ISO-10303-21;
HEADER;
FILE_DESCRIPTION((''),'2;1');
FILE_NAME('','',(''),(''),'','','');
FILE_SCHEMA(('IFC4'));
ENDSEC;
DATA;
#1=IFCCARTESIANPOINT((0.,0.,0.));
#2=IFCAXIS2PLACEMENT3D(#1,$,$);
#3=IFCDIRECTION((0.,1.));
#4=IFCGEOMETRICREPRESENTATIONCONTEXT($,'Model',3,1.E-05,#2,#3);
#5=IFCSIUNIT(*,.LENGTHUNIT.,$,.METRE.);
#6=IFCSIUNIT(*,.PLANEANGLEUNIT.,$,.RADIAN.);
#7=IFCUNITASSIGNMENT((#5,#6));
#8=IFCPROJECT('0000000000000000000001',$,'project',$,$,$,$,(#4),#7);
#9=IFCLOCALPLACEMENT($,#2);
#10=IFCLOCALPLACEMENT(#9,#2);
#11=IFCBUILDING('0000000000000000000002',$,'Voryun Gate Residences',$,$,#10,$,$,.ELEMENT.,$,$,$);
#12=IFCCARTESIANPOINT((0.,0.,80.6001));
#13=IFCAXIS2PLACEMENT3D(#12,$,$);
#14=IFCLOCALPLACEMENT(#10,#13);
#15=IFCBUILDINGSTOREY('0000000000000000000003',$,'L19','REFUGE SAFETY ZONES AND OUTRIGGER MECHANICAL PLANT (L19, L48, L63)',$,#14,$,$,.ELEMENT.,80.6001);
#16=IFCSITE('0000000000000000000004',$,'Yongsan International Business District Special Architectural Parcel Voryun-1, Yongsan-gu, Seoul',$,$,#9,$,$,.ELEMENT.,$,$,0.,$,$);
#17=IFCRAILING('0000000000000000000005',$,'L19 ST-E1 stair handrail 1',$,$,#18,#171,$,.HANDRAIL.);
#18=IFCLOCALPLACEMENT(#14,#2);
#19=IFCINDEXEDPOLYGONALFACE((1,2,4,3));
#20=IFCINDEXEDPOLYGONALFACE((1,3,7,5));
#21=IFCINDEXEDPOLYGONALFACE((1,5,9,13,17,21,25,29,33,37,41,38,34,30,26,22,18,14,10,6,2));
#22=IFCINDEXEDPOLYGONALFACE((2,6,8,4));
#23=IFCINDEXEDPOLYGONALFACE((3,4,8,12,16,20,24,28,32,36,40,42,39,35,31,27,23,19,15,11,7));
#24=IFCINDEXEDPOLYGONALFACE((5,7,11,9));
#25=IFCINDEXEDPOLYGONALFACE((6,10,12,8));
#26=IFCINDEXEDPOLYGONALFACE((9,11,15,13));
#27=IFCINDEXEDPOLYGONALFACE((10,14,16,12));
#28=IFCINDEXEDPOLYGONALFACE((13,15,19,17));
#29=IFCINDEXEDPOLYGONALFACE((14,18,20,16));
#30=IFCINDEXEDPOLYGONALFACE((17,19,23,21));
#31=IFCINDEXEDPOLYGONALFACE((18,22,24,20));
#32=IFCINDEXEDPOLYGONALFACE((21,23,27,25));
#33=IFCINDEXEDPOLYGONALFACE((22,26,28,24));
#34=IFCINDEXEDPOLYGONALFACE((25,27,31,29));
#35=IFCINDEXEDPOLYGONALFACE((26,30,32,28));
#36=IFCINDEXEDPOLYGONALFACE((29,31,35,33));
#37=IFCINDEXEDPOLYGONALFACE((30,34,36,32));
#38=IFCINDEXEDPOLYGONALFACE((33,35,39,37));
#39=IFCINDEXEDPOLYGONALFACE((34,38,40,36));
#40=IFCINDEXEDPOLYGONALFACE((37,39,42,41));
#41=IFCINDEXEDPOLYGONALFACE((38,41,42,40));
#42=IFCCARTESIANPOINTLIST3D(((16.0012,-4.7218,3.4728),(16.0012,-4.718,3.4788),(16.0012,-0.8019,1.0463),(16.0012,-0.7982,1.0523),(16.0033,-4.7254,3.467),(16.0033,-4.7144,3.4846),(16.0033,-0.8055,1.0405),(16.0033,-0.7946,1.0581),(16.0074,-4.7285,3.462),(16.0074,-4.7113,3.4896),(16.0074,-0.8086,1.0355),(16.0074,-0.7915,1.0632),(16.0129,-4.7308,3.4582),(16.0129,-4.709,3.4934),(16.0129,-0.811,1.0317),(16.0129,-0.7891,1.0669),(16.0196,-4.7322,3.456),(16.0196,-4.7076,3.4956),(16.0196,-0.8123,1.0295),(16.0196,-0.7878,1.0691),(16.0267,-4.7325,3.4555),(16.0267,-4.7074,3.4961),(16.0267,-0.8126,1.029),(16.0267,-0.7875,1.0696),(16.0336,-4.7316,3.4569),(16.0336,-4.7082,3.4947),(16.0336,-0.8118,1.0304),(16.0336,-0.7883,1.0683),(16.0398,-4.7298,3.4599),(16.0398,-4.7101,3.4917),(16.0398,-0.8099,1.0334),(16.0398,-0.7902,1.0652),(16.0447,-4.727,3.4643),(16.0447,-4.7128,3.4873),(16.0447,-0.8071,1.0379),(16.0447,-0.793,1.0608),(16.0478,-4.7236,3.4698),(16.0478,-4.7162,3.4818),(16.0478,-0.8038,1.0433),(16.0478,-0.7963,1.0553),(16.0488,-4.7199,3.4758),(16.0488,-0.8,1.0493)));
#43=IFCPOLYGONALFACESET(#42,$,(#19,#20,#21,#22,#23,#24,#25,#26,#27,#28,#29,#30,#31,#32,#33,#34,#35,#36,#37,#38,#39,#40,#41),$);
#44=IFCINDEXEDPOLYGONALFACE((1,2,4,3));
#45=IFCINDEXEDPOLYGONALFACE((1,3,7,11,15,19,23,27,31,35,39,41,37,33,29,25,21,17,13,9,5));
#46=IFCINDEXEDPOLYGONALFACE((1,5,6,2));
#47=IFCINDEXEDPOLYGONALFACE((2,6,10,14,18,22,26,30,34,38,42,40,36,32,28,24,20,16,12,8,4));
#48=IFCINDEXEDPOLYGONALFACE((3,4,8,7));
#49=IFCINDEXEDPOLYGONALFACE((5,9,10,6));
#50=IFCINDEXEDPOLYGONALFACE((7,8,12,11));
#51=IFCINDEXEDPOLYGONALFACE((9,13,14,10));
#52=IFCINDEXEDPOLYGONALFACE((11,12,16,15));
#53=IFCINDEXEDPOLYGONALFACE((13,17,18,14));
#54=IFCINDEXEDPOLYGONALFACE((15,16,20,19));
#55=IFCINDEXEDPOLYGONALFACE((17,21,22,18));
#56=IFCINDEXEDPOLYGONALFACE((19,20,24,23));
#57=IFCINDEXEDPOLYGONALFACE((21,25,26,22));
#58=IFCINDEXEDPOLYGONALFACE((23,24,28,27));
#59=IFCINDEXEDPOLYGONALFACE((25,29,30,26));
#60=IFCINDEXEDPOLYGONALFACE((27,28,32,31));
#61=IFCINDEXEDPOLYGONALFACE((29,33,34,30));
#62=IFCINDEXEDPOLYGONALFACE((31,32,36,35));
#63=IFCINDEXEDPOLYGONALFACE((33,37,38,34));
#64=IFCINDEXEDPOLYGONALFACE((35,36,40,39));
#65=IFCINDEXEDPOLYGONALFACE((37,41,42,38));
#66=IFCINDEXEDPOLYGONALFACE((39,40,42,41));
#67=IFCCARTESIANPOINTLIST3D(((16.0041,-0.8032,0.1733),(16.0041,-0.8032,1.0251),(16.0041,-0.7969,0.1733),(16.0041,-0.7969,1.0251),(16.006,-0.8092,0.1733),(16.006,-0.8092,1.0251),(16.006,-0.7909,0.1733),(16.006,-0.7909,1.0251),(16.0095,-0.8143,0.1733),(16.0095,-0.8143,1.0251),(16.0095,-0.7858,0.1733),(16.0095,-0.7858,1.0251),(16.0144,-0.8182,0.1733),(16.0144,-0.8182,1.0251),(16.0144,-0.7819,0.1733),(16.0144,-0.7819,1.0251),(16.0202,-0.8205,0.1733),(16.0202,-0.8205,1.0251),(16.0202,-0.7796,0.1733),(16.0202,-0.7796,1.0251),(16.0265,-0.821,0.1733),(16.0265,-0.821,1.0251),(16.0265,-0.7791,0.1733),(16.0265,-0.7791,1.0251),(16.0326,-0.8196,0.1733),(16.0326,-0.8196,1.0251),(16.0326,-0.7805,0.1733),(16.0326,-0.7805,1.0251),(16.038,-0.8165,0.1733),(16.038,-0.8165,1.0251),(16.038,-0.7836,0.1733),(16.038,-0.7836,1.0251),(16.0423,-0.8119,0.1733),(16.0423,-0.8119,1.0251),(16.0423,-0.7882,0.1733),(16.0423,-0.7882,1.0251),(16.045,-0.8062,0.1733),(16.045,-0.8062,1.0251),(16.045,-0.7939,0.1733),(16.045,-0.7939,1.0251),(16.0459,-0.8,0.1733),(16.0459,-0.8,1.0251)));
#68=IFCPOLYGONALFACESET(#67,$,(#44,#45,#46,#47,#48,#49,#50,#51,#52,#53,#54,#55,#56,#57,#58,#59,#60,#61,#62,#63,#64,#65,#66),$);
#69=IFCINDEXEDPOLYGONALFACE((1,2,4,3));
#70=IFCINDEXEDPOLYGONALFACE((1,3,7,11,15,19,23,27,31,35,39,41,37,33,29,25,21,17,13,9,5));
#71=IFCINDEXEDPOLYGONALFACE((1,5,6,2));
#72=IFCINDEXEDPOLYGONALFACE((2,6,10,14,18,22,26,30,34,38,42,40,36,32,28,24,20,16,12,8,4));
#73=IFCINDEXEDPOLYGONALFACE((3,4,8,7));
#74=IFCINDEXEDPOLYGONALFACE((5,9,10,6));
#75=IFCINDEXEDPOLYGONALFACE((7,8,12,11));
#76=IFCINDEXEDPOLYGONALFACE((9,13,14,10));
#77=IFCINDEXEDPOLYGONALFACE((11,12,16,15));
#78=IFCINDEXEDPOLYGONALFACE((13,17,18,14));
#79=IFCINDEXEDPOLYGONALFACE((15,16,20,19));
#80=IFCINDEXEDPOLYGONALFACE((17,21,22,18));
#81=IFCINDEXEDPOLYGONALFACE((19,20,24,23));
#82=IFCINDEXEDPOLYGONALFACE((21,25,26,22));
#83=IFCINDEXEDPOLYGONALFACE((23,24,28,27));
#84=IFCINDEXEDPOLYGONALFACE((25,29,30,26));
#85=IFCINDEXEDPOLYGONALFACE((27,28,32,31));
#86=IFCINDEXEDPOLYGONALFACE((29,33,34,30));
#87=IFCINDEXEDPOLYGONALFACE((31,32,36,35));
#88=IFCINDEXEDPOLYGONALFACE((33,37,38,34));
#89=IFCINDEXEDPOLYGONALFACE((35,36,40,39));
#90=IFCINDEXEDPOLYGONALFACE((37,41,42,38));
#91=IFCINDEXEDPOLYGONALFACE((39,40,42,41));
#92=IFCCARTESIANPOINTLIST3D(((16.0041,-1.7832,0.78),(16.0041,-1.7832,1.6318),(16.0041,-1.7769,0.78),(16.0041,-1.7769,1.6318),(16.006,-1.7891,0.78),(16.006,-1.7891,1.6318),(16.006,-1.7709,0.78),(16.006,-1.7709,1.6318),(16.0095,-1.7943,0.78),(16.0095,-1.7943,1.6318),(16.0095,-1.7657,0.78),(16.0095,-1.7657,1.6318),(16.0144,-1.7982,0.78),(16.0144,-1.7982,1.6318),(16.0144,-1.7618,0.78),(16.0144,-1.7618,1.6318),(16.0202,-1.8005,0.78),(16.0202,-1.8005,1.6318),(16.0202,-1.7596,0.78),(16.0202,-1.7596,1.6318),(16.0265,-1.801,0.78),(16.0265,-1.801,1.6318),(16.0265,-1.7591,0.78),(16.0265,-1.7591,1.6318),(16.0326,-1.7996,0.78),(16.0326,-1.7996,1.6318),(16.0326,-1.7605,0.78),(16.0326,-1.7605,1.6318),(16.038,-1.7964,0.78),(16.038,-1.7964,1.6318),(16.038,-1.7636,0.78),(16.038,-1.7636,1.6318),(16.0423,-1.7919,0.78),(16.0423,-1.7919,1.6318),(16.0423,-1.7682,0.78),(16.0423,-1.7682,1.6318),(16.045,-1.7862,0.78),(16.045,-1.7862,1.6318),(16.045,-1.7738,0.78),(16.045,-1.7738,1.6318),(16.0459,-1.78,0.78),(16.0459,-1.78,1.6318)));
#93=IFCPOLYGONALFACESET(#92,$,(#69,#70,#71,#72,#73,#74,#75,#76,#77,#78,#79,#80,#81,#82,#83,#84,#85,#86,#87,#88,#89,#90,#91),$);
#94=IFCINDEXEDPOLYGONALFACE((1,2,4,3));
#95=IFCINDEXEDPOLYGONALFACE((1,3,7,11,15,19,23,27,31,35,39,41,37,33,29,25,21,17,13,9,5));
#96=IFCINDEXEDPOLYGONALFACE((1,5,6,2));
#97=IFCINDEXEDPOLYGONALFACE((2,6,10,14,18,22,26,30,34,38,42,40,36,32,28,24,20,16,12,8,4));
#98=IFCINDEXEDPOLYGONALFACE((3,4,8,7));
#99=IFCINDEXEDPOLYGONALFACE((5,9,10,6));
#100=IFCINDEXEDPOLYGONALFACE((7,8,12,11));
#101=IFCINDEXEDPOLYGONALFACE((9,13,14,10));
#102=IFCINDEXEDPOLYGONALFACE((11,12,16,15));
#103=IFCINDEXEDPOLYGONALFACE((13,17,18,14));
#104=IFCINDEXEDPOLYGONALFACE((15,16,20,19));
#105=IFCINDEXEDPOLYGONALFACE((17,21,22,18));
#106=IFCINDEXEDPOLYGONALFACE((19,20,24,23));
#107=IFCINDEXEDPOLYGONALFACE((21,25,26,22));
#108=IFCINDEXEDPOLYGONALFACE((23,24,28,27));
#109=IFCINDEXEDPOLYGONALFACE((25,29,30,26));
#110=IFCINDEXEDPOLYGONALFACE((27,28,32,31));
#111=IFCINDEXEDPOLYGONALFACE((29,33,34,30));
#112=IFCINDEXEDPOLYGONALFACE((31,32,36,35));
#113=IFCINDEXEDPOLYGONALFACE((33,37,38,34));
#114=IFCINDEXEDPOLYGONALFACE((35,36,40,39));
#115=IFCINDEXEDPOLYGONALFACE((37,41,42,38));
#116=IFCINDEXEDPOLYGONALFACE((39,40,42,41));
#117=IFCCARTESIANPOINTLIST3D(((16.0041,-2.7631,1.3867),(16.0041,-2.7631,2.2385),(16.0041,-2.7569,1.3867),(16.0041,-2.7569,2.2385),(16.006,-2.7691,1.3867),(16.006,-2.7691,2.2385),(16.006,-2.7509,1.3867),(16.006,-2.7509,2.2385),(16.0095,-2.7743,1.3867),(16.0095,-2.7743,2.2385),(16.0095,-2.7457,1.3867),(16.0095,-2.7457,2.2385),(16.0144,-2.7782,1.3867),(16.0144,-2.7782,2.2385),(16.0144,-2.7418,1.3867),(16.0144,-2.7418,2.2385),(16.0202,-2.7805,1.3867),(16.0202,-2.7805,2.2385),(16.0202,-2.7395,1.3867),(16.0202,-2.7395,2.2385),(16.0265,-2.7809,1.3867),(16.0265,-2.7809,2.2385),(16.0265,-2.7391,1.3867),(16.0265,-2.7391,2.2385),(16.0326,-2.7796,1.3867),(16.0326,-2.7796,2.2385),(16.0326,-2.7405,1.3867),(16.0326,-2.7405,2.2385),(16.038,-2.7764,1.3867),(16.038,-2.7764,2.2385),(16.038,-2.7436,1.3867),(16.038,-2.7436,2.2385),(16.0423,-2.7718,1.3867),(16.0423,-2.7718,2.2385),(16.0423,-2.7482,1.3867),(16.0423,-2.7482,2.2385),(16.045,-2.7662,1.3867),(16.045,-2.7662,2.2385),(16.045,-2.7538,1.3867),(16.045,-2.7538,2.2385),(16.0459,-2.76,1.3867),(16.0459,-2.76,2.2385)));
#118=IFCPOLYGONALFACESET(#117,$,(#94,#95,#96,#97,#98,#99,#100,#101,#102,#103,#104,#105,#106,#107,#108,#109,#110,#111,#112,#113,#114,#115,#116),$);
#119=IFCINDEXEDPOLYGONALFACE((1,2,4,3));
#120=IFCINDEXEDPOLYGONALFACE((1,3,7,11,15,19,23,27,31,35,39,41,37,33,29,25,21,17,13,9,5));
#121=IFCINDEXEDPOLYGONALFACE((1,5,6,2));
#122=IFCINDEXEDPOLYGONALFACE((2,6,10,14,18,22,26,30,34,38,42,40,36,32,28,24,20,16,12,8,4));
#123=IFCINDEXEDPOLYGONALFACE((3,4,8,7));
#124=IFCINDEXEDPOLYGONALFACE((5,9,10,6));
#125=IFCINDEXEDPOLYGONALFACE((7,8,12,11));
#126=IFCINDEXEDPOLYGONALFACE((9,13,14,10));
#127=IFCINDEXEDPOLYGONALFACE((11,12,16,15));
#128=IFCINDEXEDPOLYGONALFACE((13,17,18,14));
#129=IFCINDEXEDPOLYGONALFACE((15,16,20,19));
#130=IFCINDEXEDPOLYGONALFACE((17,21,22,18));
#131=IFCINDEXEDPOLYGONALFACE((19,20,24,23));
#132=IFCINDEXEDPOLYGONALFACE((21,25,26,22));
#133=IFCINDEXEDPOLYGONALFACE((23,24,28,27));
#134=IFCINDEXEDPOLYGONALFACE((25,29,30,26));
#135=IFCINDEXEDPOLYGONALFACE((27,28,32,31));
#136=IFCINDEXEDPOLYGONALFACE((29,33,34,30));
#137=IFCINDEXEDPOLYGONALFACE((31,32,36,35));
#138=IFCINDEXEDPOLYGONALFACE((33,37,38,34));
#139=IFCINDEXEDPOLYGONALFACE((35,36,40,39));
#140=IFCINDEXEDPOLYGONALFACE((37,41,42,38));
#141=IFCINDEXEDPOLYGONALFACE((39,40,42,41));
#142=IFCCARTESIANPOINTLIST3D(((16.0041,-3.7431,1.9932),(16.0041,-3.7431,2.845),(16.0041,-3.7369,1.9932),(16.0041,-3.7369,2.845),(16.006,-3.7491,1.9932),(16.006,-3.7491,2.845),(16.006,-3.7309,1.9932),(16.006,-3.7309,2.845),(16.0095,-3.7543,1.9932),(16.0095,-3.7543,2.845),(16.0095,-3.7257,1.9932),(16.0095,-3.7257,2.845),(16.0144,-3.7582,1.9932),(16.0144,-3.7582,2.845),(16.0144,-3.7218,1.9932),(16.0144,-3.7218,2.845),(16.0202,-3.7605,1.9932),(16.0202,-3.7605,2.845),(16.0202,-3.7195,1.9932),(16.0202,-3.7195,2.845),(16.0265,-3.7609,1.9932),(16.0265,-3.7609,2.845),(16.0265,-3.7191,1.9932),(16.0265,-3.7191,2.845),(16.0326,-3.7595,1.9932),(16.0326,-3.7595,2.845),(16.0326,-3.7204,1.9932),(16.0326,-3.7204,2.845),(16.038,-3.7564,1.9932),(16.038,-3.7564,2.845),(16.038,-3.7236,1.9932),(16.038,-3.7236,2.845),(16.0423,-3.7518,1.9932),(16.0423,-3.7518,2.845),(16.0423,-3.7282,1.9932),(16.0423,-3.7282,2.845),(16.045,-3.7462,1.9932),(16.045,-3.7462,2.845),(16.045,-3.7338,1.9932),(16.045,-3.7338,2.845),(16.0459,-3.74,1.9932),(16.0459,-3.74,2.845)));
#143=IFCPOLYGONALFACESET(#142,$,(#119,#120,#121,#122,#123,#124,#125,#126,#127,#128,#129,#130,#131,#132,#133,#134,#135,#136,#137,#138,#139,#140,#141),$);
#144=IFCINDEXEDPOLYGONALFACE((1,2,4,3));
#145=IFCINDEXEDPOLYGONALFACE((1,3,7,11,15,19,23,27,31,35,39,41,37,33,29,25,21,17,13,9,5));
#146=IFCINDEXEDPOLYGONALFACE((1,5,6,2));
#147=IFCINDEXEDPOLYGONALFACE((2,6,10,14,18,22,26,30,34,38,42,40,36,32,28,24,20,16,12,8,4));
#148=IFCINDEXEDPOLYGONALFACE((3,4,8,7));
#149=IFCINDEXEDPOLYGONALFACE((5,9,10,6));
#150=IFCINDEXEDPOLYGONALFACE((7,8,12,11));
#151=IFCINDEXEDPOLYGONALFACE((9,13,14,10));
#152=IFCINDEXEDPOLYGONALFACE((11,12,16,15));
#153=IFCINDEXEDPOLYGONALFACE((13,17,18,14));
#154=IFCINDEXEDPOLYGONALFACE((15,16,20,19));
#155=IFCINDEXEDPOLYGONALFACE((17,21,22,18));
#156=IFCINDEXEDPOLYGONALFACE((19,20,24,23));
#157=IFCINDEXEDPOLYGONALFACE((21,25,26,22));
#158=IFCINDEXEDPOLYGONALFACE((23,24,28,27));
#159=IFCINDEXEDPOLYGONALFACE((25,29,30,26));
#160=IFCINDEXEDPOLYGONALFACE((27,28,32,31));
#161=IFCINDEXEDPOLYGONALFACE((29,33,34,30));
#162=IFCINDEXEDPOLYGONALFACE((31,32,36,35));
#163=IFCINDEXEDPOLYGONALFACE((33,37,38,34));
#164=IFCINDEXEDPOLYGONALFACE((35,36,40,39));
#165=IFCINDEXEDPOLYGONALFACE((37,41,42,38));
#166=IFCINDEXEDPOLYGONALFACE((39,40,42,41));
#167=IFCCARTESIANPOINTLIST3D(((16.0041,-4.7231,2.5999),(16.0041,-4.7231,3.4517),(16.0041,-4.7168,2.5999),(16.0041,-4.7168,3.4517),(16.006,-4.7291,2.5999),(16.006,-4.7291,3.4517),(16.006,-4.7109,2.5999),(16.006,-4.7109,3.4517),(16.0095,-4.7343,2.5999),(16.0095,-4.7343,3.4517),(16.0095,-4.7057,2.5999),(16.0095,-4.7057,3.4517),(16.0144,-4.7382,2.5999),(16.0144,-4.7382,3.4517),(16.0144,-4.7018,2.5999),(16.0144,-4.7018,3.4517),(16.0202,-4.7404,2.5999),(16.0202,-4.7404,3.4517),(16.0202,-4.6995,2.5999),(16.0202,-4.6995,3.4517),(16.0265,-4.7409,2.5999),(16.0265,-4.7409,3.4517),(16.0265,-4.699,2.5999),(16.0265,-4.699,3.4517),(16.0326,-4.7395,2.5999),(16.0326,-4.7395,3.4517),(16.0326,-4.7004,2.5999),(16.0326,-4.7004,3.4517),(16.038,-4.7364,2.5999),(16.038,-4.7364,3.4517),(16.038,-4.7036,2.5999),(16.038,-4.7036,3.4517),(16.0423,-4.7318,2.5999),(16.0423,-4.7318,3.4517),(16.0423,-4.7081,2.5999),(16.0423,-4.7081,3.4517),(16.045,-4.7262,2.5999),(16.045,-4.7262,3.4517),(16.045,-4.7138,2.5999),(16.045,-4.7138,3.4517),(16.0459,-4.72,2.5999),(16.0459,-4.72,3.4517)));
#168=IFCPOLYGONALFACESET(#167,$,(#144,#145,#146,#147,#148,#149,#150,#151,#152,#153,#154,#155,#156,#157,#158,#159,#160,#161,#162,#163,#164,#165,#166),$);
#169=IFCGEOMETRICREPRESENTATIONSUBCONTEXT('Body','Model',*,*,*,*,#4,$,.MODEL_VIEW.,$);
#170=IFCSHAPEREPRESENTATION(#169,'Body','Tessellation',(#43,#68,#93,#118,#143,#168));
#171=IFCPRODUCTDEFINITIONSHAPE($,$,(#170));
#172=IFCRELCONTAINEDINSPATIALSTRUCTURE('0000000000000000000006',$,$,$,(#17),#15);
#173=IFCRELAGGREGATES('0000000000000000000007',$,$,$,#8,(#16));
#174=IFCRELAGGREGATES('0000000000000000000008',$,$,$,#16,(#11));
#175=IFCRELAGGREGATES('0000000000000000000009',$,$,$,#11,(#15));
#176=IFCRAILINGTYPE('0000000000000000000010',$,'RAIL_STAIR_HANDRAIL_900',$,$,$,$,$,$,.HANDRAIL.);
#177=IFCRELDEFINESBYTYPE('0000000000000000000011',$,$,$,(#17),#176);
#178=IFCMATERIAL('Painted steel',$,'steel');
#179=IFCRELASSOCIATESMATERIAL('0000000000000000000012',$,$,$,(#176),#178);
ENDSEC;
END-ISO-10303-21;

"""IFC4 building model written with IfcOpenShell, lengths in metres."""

from ifc_helpers import new_model, si_unit, direction, frame, origin, origin_2d, place, context, subcontext, project, spatial, circle, extrude, material, type_object, element, save


model = new_model("IFC4")

# Units and contexts
model_context = context("Model", 3, precision=1e-05, world=origin(), true_north=direction((0.0, 1.0)))
body_context = subcontext(model_context, "Body", "Model", "MODEL_VIEW")
ifc_project = project(units=[si_unit("LENGTHUNIT", "METRE"), si_unit("PLANEANGLEUNIT", "RADIAN")], contexts=[model_context])

# Site, building, storey
site_placement = place(None, origin())
site = spatial("IfcSite", under=ifc_project, at=site_placement, Name="Yongsan International Business District Special Architectural Parcel Voryun-1, Yongsan-gu, Seoul", CompositionType="ELEMENT", RefElevation=0.0)
building_placement = place(site_placement, origin())
building = spatial("IfcBuilding", under=site, at=building_placement, Name="Voryun Gate Residences", CompositionType="ELEMENT")
storey_placement = place(building_placement, frame((0.0, 0.0, 80.6001)))
storey = spatial("IfcBuildingStorey", under=building, at=storey_placement, Name="L19", Description="REFUGE SAFETY ZONES AND OUTRIGGER MECHANICAL PLANT (L19, L48, L63)", CompositionType="ELEMENT", Elevation=80.6001)

# Railing
ifc_material_1 = material(Name="Painted steel", Category="steel")
railing_type_1 = type_object("IfcRailingType", Name="RAIL_STAIR_HANDRAIL_900", PredefinedType="HANDRAIL", material=ifc_material_1)
railing_1_placement = place(storey_placement, frame((16.0249, -0.8, 0.1733)))
element("IfcRailing", 1, at=railing_1_placement, inside=storey, type_object=railing_type_1, Name="L19 ST-E1 stair handrail 1", PredefinedType="HANDRAIL", context=body_context, shape_type="SweptSolid", body=[
    extrude(circle(Radius=0.0239, at=origin_2d()), frame((0.0, 0.0, 0.876), z_axis=(0.0, -0.850275, 0.526338), x_axis=(1.0, 0.0, 0.0)), (0.0, 0.0, 1.0), 4.6101),
    extrude(circle(Radius=0.021, at=origin_2d()), origin(), (0.0, 0.0, 1.0), 0.8518),
    extrude(circle(Radius=0.021, at=origin_2d()), frame((0.0, -0.98, 0.6067)), (0.0, 0.0, 1.0), 0.8518),
    extrude(circle(Radius=0.021, at=origin_2d()), frame((0.0, -1.96, 1.2134)), (0.0, 0.0, 1.0), 0.8518),
    extrude(circle(Radius=0.021, at=origin_2d()), frame((0.0, -2.9399, 1.8198)), (0.0, 0.0, 1.0), 0.8518),
    extrude(circle(Radius=0.021, at=origin_2d()), frame((0.0, -3.9199, 2.4265)), (0.0, 0.0, 1.0), 0.8518),
])

save(model, "model.ifc")
